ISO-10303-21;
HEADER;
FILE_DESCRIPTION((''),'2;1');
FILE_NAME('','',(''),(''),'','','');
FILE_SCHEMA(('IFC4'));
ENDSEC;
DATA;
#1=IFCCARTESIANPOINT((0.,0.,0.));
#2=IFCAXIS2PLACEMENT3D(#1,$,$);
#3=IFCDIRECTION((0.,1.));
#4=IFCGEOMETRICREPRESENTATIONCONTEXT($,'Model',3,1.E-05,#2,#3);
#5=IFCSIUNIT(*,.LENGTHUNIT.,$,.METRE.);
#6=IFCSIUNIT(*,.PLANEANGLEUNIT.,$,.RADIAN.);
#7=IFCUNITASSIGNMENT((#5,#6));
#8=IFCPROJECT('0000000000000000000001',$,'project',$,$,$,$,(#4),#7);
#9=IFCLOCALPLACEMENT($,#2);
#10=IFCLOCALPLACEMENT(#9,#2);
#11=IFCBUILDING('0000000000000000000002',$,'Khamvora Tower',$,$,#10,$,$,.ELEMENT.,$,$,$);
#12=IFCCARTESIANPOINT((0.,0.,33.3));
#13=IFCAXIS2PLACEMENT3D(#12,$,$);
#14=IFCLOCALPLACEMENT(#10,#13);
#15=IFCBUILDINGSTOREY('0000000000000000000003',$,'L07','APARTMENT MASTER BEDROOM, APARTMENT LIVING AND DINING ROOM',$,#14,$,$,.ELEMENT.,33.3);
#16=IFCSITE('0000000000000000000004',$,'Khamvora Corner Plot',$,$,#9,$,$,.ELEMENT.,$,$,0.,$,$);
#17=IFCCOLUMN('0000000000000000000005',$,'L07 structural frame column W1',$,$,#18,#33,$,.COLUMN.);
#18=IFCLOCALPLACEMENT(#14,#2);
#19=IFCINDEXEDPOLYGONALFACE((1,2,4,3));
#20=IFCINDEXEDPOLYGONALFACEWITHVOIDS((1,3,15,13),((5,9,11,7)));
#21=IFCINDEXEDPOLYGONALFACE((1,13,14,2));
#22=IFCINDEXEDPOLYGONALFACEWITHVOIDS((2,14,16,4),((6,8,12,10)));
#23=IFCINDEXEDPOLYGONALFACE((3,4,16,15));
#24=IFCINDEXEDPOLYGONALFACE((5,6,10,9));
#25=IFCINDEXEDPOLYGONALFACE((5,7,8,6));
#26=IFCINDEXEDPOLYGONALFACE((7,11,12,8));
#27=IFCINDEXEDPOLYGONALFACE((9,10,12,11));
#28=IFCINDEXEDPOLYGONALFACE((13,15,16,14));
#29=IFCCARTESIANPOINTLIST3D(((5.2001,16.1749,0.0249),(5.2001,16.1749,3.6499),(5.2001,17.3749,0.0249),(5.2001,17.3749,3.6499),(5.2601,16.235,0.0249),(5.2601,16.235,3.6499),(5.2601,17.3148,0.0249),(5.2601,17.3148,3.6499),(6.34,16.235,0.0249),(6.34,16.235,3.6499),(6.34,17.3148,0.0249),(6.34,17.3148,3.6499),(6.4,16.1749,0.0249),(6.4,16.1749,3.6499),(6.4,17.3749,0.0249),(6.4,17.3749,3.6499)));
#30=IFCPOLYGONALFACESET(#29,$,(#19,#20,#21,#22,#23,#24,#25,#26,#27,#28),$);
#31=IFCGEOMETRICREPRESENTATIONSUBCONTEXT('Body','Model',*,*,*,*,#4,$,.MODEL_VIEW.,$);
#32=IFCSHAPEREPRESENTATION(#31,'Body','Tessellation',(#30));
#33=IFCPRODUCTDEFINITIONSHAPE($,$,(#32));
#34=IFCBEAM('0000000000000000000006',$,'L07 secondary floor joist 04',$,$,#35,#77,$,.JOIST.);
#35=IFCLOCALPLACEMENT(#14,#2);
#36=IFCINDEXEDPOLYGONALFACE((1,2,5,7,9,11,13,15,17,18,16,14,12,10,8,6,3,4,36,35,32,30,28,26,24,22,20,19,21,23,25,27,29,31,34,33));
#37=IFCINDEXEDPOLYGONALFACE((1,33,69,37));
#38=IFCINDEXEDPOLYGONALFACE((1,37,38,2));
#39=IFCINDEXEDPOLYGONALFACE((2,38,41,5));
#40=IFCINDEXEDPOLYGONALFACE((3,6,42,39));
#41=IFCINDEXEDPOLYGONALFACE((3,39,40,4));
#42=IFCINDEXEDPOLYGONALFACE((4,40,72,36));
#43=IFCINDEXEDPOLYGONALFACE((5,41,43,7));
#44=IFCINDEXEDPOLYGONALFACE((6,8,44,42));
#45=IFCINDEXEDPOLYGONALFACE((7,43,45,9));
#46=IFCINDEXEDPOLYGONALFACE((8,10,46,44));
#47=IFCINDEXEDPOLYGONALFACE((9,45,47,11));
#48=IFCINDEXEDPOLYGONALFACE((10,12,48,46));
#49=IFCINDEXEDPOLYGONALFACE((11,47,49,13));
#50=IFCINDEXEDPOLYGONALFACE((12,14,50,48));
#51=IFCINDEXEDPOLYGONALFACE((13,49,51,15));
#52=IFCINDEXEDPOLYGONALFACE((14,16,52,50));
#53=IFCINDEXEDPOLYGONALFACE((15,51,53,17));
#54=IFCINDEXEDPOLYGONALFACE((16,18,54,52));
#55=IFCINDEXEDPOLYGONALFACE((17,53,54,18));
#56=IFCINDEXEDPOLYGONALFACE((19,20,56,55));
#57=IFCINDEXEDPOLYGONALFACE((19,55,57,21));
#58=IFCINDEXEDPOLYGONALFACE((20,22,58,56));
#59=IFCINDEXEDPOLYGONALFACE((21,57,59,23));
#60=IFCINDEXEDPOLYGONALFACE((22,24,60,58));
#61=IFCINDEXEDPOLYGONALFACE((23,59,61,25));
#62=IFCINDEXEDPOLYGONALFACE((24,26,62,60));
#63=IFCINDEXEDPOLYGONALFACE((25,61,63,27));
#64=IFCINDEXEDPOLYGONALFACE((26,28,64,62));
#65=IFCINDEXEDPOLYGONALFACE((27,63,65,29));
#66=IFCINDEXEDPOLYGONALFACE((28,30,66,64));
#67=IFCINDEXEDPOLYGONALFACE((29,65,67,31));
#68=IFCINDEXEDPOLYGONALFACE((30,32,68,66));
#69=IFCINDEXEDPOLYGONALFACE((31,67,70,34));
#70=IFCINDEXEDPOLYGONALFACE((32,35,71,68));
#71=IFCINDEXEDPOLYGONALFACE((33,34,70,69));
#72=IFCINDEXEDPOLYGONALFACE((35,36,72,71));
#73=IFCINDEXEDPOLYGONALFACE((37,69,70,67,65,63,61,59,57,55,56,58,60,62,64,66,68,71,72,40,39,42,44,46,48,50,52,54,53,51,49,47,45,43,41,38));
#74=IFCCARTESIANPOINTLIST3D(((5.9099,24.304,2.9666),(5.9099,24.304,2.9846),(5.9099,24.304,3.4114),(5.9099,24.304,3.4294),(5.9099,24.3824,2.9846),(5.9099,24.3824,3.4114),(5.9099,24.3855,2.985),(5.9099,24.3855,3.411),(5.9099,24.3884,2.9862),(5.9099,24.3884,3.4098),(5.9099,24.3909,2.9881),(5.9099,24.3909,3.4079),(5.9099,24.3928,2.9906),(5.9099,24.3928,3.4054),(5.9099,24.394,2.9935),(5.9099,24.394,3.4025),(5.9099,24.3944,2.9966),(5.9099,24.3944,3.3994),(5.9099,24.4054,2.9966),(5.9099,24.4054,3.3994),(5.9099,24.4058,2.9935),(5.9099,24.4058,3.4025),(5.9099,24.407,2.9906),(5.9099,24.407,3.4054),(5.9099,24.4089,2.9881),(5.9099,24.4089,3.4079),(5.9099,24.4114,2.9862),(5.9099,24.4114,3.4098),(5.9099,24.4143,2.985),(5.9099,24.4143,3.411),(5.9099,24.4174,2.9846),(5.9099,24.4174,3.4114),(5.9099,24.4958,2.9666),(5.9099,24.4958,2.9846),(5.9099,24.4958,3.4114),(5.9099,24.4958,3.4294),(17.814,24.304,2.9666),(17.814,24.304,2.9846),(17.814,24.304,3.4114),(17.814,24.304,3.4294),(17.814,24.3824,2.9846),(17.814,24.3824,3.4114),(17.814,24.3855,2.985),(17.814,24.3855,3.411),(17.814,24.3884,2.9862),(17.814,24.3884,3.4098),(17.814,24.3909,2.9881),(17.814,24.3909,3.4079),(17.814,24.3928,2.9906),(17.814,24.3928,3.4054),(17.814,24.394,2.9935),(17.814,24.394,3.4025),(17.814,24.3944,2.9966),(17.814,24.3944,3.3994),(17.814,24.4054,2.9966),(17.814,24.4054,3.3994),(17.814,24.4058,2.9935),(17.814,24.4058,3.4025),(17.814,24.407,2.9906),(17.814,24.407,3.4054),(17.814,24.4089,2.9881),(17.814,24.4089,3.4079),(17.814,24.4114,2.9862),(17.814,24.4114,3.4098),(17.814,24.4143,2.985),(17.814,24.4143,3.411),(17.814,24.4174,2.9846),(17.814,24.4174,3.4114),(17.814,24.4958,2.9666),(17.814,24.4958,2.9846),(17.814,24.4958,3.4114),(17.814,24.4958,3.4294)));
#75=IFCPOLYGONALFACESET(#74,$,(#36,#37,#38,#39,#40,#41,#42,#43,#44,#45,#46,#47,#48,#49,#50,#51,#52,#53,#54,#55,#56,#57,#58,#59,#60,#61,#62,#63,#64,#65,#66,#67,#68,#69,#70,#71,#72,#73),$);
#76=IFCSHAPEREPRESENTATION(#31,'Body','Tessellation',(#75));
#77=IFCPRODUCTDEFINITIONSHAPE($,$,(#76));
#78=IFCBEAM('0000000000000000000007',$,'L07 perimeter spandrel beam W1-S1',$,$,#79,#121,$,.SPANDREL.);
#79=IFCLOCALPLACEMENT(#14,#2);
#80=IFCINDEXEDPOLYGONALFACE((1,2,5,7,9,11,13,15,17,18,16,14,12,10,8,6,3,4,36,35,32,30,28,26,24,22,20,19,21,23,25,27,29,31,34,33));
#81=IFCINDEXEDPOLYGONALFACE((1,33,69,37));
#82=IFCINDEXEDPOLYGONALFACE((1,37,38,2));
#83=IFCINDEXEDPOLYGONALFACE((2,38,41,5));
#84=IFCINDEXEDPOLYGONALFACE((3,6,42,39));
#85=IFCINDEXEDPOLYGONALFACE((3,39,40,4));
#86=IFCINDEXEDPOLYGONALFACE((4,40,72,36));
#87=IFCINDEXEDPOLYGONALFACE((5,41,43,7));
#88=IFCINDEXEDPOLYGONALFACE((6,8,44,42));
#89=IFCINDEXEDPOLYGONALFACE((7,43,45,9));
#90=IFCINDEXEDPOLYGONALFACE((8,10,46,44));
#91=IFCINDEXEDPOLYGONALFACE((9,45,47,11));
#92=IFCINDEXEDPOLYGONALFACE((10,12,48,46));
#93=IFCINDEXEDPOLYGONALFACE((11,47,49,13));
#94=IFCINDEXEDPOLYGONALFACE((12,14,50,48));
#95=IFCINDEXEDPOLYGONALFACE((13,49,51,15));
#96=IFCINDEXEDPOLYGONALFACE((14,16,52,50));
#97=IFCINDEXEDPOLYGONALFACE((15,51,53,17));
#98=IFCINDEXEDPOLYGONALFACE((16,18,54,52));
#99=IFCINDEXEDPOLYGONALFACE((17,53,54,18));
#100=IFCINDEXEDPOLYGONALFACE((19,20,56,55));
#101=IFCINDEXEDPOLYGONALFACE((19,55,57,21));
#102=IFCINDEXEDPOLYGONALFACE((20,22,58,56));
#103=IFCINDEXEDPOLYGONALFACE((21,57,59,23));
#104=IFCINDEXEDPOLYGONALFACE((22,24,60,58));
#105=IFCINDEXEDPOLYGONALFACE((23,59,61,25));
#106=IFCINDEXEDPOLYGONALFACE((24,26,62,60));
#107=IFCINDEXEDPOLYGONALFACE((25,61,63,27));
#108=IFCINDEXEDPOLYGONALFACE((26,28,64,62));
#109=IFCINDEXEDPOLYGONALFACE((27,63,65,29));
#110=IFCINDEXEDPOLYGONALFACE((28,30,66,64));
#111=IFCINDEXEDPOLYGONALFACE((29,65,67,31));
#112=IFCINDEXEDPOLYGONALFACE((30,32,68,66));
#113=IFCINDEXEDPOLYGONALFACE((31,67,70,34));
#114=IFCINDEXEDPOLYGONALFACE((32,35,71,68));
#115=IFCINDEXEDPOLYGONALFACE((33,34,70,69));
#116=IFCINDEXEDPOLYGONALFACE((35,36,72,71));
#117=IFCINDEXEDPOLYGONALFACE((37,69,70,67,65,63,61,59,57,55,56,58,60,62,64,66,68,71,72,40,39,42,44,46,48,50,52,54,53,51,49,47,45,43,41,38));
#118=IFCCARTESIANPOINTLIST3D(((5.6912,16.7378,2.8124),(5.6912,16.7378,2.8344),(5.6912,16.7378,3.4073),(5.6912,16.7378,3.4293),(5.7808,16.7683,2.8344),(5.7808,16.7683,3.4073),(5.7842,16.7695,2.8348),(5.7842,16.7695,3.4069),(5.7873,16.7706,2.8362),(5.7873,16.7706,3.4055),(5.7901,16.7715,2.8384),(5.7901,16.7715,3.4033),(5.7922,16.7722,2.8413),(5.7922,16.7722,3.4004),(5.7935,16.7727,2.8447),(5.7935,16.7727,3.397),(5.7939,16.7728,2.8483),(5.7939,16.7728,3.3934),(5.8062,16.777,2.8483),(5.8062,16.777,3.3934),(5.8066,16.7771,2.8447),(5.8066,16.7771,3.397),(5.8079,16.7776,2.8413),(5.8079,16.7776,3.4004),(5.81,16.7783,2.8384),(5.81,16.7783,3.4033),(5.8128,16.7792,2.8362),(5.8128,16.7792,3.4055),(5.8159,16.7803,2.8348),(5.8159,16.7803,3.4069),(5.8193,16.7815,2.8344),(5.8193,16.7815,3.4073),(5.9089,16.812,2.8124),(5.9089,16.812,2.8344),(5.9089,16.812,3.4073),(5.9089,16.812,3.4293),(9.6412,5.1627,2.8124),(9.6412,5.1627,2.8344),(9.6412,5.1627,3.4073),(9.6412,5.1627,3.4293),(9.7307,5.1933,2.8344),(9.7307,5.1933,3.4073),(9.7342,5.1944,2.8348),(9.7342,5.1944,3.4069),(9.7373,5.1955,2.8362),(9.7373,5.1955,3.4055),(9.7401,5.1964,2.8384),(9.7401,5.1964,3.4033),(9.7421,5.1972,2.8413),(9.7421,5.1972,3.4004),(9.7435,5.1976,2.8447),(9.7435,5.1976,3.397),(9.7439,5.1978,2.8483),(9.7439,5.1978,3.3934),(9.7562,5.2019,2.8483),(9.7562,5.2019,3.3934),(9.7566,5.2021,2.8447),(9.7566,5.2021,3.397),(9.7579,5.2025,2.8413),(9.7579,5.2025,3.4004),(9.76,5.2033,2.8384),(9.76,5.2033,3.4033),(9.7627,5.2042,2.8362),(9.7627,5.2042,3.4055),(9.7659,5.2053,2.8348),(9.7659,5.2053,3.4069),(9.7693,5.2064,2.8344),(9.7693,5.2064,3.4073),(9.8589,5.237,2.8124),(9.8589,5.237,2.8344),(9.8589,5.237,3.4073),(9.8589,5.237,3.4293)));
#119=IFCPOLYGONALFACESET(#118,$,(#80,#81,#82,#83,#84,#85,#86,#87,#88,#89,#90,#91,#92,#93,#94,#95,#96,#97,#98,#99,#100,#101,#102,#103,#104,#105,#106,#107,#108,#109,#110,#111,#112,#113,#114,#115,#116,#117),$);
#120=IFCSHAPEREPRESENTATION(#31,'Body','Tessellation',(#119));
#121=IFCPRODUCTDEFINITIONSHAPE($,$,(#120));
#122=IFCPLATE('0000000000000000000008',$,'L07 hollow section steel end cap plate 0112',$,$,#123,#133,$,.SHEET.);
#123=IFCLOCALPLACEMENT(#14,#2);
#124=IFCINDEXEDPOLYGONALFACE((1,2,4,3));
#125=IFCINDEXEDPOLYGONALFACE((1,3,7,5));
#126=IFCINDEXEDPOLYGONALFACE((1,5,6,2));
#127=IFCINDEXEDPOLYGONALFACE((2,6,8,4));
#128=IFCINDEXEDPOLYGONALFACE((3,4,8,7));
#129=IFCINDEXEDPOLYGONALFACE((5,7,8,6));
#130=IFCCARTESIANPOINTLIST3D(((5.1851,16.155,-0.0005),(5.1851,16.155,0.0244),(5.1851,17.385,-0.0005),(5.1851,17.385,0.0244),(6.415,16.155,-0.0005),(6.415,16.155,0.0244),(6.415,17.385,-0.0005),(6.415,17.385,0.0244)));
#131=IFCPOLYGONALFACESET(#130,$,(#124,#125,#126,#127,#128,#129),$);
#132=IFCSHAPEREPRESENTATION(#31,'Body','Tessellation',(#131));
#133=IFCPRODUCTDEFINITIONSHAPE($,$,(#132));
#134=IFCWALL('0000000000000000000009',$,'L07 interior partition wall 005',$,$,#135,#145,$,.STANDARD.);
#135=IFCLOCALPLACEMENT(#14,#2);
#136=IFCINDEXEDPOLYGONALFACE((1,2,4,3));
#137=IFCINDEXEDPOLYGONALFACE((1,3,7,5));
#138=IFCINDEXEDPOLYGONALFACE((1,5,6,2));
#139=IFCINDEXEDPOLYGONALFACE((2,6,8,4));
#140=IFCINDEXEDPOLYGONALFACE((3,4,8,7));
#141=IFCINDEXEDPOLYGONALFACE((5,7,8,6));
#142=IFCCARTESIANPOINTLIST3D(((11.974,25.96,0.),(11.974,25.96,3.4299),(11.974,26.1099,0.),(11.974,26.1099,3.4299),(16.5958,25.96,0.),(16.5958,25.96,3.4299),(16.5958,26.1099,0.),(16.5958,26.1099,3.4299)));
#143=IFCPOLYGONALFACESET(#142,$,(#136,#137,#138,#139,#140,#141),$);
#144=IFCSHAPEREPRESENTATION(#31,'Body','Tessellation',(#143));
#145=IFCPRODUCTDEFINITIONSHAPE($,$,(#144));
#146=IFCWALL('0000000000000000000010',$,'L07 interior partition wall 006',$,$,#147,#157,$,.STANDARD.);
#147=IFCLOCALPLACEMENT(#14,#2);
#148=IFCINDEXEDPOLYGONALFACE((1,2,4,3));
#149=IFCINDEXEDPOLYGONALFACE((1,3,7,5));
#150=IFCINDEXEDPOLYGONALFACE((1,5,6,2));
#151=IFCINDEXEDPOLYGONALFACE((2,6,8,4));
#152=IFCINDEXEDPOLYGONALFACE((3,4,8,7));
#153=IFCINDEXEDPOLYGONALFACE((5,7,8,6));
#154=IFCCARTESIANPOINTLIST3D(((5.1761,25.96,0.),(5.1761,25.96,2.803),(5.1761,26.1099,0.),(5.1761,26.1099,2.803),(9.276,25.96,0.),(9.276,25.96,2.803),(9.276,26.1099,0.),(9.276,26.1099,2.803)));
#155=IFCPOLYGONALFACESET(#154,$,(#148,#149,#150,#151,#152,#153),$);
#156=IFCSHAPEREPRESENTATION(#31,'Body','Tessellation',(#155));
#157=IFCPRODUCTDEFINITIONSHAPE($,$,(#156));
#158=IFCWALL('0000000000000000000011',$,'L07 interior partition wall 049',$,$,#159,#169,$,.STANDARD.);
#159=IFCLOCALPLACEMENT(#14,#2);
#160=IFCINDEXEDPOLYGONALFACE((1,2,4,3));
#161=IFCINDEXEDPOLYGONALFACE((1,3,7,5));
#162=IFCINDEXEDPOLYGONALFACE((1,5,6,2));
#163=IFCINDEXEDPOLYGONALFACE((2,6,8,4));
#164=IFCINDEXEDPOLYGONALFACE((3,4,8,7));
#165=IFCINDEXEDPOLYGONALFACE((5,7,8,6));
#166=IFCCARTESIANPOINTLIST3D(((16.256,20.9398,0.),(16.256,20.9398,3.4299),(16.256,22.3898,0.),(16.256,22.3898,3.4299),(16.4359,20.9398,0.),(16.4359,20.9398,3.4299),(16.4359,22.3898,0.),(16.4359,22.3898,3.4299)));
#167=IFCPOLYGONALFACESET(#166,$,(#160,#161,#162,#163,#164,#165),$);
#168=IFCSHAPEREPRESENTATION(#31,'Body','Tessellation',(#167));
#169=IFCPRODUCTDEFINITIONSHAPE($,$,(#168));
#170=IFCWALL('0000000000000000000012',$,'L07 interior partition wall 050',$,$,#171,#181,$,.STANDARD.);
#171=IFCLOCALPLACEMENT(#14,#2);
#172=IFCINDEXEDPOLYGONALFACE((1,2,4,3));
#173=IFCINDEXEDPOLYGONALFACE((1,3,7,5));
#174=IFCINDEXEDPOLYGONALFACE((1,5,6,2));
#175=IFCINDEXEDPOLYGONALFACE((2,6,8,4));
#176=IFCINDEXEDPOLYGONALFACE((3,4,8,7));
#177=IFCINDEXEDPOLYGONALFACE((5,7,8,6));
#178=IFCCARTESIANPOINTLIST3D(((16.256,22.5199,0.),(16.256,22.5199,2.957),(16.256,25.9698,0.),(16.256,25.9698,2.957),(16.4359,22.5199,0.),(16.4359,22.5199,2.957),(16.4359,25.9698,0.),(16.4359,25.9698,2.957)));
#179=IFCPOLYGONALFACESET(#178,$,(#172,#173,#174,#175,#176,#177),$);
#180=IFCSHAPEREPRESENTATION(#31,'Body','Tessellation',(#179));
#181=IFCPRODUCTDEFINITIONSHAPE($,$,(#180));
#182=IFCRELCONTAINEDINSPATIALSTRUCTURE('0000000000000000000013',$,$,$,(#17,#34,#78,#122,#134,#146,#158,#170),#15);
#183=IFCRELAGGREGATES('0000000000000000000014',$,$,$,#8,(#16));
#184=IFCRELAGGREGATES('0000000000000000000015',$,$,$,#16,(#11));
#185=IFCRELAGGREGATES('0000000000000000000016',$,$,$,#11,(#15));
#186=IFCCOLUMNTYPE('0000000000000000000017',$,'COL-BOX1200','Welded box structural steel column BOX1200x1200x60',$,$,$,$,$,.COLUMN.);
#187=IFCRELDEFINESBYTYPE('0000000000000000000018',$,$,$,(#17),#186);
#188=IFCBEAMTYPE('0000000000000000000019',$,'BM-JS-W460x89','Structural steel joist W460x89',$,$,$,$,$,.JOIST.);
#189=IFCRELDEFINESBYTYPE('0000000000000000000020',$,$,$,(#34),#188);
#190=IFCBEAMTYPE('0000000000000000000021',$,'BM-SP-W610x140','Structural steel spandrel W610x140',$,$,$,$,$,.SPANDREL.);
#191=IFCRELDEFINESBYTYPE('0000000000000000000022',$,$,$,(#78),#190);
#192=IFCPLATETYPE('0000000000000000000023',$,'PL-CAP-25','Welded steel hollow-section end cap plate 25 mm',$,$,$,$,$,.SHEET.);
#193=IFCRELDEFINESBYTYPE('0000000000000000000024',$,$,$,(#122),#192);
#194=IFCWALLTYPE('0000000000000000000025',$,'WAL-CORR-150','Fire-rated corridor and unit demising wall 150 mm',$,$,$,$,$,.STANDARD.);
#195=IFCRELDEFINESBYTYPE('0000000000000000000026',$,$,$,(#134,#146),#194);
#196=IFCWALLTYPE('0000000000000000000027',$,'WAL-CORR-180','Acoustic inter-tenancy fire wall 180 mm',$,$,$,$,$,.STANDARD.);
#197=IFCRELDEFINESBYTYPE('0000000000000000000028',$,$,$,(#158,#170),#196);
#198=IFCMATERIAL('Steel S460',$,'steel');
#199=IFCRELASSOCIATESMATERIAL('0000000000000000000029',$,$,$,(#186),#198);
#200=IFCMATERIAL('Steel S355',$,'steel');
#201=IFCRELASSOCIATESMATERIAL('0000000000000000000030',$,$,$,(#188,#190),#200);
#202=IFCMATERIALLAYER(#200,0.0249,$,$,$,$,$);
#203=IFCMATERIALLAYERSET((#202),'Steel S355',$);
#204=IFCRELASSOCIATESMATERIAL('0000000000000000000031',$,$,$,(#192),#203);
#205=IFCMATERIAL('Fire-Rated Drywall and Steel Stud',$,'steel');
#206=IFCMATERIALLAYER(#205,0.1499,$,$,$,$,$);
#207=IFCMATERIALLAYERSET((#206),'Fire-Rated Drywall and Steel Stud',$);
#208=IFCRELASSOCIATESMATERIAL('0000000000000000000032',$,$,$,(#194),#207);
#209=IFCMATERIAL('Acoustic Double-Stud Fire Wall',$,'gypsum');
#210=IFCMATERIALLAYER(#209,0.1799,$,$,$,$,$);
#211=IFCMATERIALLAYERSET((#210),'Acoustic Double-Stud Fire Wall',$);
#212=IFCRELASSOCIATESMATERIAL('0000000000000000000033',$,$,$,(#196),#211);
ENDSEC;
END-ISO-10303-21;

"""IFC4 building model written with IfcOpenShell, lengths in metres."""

from ifc_helpers import new_model, si_unit, direction, frame, frame_2d, origin, origin_2d, place, context, subcontext, project, spatial, rectangle, hollow_rectangle, i_section, extrude, material, layer, layer_set, material_profile, profile_set, type_object, element, save


model = new_model("IFC4")

# Units and contexts
model_context = context("Model", 3, precision=1e-05, world=origin(), true_north=direction((0.0, 1.0)))
body_context = subcontext(model_context, "Body", "Model", "MODEL_VIEW")
ifc_project = project(units=[si_unit("LENGTHUNIT", "METRE"), si_unit("PLANEANGLEUNIT", "RADIAN")], contexts=[model_context])

# Site, building, storey
site_placement = place(None, origin())
site = spatial("IfcSite", under=ifc_project, at=site_placement, Name="Khamvora Corner Plot", CompositionType="ELEMENT", RefElevation=0.0)
building_placement = place(site_placement, origin())
building = spatial("IfcBuilding", under=site, at=building_placement, Name="Khamvora Tower", CompositionType="ELEMENT")
storey_placement = place(building_placement, frame((0.0, 0.0, 33.3)))
storey = spatial("IfcBuildingStorey", under=building, at=storey_placement, Name="L07", Description="APARTMENT MASTER BEDROOM, APARTMENT LIVING AND DINING ROOM", CompositionType="ELEMENT", Elevation=33.3)

# Column
ifc_material_1 = material(Name="Steel S460", Category="steel")
ifc_material_profile_1 = material_profile(ifc_material_1, hollow_rectangle(XDim=1.2, YDim=1.2, WallThickness=0.0601, at=origin_2d()), Name="BOX1200x1200x60")
ifc_profile_set_1 = profile_set([ifc_material_profile_1], Name="Steel S460")
column_type = type_object("IfcColumnType", Name="COL-BOX1200", Description="Welded box structural steel column BOX1200x1200x60", PredefinedType="COLUMN", material=ifc_profile_set_1)
column_placement = place(storey_placement, frame((5.8, 16.7749, 0.0249), z_axis=(0.0, 0.0, 1.0), x_axis=(1.0, 0.0, 0.0)))
element("IfcColumn", 1, at=column_placement, inside=storey, type_object=column_type, Name="L07 structural frame column W1", PredefinedType="COLUMN", context=body_context, shape_type="SweptSolid", body=[
    extrude(hollow_rectangle(XDim=1.2, YDim=1.2, WallThickness=0.0601, at=origin_2d()), origin(), (0.0, 0.0, 1.0), 3.625),
])

# Beams
ifc_material_2 = material(Name="Steel S355", Category="steel")
ifc_material_profile_2 = material_profile(ifc_material_2, i_section(OverallWidth=0.1919, OverallDepth=0.4629, WebThickness=0.011, FlangeThickness=0.0181, FilletRadius=0.012, at=origin_2d()), Name="W460x89")
ifc_profile_set_2 = profile_set([ifc_material_profile_2], Name="Steel S355")
beam_type_1 = type_object("IfcBeamType", Name="BM-JS-W460x89", Description="Structural steel joist W460x89", PredefinedType="JOIST", material=ifc_profile_set_2)
beam_1_placement = place(storey_placement, frame((5.9099, 24.3999, 3.198), z_axis=(1.0, 0.0, 0.0), x_axis=(0.0, 1.0, 0.0)))
element("IfcBeam", 2, at=beam_1_placement, inside=storey, type_object=beam_type_1, Name="L07 secondary floor joist 04", PredefinedType="JOIST", context=body_context, shape_type="SweptSolid", body=[
    extrude(i_section(OverallWidth=0.1919, OverallDepth=0.4629, WebThickness=0.011, FlangeThickness=0.0181, FilletRadius=0.012, at=origin_2d()), origin(), (0.0, 0.0, 1.0), 11.9041),
])
ifc_material_profile_3 = material_profile(ifc_material_2, i_section(OverallWidth=0.23, OverallDepth=0.6169, WebThickness=0.0129, FlangeThickness=0.022, FilletRadius=0.0139, at=origin_2d()), Name="W610x140")
ifc_profile_set_3 = profile_set([ifc_material_profile_3], Name="Steel S355")
beam_type_2 = type_object("IfcBeamType", Name="BM-SP-W610x140", Description="Structural steel spandrel W610x140", PredefinedType="SPANDREL", material=ifc_profile_set_3)
beam_2_placement = place(storey_placement, frame((5.8, 16.7749, 3.1208), z_axis=(0.322963, -0.946412, 0.0), x_axis=(0.946412, 0.322963, 0.0)))
element("IfcBeam", 3, at=beam_2_placement, inside=storey, type_object=beam_type_2, Name="L07 perimeter spandrel beam W1-S1", PredefinedType="SPANDREL", context=body_context, shape_type="SweptSolid", body=[
    extrude(i_section(OverallWidth=0.23, OverallDepth=0.6169, WebThickness=0.0129, FlangeThickness=0.022, FilletRadius=0.0139, at=origin_2d()), origin(), (0.0, 0.0, 1.0), 12.2305),
])

# Plate
ifc_layer_1 = layer(ifc_material_2, 0.0249)
ifc_layer_set_1 = layer_set([ifc_layer_1], Name="Steel S355")
plate_type = type_object("IfcPlateType", Name="PL-CAP-25", Description="Welded steel hollow-section end cap plate 25 mm", PredefinedType="SHEET", material=ifc_layer_set_1)
plate_placement = place(storey_placement, frame((5.8, 16.77, -0.0005), z_axis=(0.0, 0.0, 1.0), x_axis=(1.0, 0.0, 0.0)))
element("IfcPlate", 4, at=plate_placement, inside=storey, type_object=plate_type, Name="L07 hollow section steel end cap plate 0112", PredefinedType="SHEET", context=body_context, shape_type="SweptSolid", body=[
    extrude(rectangle(XDim=1.23, YDim=1.23, at=origin_2d()), origin(), (0.0, 0.0, 1.0), 0.0249),
])

# Shared definitions
ifc_material_3 = material(Name="Fire-Rated Drywall and Steel Stud", Category="steel")
ifc_layer_2 = layer(ifc_material_3, 0.1499)
ifc_layer_set_2 = layer_set([ifc_layer_2], Name="Fire-Rated Drywall and Steel Stud")
wall_type_1 = type_object("IfcWallType", Name="WAL-CORR-150", Description="Fire-rated corridor and unit demising wall 150 mm", PredefinedType="STANDARD", material=ifc_layer_set_2)

# Walls
wall_1_placement = place(storey_placement, frame((16.5959, 26.0349, 0.0), z_axis=(0.0, 0.0, 1.0), x_axis=(-1.0, 0.0, 0.0)))
element("IfcWall", 5, at=wall_1_placement, inside=storey, type_object=wall_type_1, Name="L07 interior partition wall 005", PredefinedType="STANDARD", context=body_context, shape_type="SweptSolid", body=[
    extrude(rectangle(XDim=4.6218, YDim=0.1499, at=frame_2d((2.311, 0.0))), origin(), (0.0, 0.0, 1.0), 3.4299),
])
wall_2_placement = place(storey_placement, frame((9.2759, 26.0349, 0.0), z_axis=(0.0, 0.0, 1.0), x_axis=(-1.0, 0.0, 0.0)))
element("IfcWall", 6, at=wall_2_placement, inside=storey, type_object=wall_type_1, Name="L07 interior partition wall 006", PredefinedType="STANDARD", context=body_context, shape_type="SweptSolid", body=[
    extrude(rectangle(XDim=4.0999, YDim=0.1499, at=frame_2d((2.0498, 0.0))), origin(), (0.0, 0.0, 1.0), 2.803),
])
ifc_material_4 = material(Name="Acoustic Double-Stud Fire Wall", Category="gypsum")
ifc_layer_3 = layer(ifc_material_4, 0.1799)
ifc_layer_set_3 = layer_set([ifc_layer_3], Name="Acoustic Double-Stud Fire Wall")
wall_type_2 = type_object("IfcWallType", Name="WAL-CORR-180", Description="Acoustic inter-tenancy fire wall 180 mm", PredefinedType="STANDARD", material=ifc_layer_set_3)
wall_3_placement = place(storey_placement, frame((16.3459, 22.3899, 0.0), z_axis=(0.0, 0.0, 1.0), x_axis=(0.0, -1.0, 0.0)))
element("IfcWall", 7, at=wall_3_placement, inside=storey, type_object=wall_type_2, Name="L07 interior partition wall 049", PredefinedType="STANDARD", context=body_context, shape_type="SweptSolid", body=[
    extrude(rectangle(XDim=1.45, YDim=0.1799, at=frame_2d((0.7251, 0.0))), origin(), (0.0, 0.0, 1.0), 3.4299),
])
wall_4_placement = place(storey_placement, frame((16.3459, 25.97, 0.0), z_axis=(0.0, 0.0, 1.0), x_axis=(0.0, -1.0, 0.0)))
element("IfcWall", 8, at=wall_4_placement, inside=storey, type_object=wall_type_2, Name="L07 interior partition wall 050", PredefinedType="STANDARD", context=body_context, shape_type="SweptSolid", body=[
    extrude(rectangle(XDim=3.45, YDim=0.1799, at=frame_2d((1.7251, 0.0))), origin(), (0.0, 0.0, 1.0), 2.957),
])

save(model, "model.ifc")
